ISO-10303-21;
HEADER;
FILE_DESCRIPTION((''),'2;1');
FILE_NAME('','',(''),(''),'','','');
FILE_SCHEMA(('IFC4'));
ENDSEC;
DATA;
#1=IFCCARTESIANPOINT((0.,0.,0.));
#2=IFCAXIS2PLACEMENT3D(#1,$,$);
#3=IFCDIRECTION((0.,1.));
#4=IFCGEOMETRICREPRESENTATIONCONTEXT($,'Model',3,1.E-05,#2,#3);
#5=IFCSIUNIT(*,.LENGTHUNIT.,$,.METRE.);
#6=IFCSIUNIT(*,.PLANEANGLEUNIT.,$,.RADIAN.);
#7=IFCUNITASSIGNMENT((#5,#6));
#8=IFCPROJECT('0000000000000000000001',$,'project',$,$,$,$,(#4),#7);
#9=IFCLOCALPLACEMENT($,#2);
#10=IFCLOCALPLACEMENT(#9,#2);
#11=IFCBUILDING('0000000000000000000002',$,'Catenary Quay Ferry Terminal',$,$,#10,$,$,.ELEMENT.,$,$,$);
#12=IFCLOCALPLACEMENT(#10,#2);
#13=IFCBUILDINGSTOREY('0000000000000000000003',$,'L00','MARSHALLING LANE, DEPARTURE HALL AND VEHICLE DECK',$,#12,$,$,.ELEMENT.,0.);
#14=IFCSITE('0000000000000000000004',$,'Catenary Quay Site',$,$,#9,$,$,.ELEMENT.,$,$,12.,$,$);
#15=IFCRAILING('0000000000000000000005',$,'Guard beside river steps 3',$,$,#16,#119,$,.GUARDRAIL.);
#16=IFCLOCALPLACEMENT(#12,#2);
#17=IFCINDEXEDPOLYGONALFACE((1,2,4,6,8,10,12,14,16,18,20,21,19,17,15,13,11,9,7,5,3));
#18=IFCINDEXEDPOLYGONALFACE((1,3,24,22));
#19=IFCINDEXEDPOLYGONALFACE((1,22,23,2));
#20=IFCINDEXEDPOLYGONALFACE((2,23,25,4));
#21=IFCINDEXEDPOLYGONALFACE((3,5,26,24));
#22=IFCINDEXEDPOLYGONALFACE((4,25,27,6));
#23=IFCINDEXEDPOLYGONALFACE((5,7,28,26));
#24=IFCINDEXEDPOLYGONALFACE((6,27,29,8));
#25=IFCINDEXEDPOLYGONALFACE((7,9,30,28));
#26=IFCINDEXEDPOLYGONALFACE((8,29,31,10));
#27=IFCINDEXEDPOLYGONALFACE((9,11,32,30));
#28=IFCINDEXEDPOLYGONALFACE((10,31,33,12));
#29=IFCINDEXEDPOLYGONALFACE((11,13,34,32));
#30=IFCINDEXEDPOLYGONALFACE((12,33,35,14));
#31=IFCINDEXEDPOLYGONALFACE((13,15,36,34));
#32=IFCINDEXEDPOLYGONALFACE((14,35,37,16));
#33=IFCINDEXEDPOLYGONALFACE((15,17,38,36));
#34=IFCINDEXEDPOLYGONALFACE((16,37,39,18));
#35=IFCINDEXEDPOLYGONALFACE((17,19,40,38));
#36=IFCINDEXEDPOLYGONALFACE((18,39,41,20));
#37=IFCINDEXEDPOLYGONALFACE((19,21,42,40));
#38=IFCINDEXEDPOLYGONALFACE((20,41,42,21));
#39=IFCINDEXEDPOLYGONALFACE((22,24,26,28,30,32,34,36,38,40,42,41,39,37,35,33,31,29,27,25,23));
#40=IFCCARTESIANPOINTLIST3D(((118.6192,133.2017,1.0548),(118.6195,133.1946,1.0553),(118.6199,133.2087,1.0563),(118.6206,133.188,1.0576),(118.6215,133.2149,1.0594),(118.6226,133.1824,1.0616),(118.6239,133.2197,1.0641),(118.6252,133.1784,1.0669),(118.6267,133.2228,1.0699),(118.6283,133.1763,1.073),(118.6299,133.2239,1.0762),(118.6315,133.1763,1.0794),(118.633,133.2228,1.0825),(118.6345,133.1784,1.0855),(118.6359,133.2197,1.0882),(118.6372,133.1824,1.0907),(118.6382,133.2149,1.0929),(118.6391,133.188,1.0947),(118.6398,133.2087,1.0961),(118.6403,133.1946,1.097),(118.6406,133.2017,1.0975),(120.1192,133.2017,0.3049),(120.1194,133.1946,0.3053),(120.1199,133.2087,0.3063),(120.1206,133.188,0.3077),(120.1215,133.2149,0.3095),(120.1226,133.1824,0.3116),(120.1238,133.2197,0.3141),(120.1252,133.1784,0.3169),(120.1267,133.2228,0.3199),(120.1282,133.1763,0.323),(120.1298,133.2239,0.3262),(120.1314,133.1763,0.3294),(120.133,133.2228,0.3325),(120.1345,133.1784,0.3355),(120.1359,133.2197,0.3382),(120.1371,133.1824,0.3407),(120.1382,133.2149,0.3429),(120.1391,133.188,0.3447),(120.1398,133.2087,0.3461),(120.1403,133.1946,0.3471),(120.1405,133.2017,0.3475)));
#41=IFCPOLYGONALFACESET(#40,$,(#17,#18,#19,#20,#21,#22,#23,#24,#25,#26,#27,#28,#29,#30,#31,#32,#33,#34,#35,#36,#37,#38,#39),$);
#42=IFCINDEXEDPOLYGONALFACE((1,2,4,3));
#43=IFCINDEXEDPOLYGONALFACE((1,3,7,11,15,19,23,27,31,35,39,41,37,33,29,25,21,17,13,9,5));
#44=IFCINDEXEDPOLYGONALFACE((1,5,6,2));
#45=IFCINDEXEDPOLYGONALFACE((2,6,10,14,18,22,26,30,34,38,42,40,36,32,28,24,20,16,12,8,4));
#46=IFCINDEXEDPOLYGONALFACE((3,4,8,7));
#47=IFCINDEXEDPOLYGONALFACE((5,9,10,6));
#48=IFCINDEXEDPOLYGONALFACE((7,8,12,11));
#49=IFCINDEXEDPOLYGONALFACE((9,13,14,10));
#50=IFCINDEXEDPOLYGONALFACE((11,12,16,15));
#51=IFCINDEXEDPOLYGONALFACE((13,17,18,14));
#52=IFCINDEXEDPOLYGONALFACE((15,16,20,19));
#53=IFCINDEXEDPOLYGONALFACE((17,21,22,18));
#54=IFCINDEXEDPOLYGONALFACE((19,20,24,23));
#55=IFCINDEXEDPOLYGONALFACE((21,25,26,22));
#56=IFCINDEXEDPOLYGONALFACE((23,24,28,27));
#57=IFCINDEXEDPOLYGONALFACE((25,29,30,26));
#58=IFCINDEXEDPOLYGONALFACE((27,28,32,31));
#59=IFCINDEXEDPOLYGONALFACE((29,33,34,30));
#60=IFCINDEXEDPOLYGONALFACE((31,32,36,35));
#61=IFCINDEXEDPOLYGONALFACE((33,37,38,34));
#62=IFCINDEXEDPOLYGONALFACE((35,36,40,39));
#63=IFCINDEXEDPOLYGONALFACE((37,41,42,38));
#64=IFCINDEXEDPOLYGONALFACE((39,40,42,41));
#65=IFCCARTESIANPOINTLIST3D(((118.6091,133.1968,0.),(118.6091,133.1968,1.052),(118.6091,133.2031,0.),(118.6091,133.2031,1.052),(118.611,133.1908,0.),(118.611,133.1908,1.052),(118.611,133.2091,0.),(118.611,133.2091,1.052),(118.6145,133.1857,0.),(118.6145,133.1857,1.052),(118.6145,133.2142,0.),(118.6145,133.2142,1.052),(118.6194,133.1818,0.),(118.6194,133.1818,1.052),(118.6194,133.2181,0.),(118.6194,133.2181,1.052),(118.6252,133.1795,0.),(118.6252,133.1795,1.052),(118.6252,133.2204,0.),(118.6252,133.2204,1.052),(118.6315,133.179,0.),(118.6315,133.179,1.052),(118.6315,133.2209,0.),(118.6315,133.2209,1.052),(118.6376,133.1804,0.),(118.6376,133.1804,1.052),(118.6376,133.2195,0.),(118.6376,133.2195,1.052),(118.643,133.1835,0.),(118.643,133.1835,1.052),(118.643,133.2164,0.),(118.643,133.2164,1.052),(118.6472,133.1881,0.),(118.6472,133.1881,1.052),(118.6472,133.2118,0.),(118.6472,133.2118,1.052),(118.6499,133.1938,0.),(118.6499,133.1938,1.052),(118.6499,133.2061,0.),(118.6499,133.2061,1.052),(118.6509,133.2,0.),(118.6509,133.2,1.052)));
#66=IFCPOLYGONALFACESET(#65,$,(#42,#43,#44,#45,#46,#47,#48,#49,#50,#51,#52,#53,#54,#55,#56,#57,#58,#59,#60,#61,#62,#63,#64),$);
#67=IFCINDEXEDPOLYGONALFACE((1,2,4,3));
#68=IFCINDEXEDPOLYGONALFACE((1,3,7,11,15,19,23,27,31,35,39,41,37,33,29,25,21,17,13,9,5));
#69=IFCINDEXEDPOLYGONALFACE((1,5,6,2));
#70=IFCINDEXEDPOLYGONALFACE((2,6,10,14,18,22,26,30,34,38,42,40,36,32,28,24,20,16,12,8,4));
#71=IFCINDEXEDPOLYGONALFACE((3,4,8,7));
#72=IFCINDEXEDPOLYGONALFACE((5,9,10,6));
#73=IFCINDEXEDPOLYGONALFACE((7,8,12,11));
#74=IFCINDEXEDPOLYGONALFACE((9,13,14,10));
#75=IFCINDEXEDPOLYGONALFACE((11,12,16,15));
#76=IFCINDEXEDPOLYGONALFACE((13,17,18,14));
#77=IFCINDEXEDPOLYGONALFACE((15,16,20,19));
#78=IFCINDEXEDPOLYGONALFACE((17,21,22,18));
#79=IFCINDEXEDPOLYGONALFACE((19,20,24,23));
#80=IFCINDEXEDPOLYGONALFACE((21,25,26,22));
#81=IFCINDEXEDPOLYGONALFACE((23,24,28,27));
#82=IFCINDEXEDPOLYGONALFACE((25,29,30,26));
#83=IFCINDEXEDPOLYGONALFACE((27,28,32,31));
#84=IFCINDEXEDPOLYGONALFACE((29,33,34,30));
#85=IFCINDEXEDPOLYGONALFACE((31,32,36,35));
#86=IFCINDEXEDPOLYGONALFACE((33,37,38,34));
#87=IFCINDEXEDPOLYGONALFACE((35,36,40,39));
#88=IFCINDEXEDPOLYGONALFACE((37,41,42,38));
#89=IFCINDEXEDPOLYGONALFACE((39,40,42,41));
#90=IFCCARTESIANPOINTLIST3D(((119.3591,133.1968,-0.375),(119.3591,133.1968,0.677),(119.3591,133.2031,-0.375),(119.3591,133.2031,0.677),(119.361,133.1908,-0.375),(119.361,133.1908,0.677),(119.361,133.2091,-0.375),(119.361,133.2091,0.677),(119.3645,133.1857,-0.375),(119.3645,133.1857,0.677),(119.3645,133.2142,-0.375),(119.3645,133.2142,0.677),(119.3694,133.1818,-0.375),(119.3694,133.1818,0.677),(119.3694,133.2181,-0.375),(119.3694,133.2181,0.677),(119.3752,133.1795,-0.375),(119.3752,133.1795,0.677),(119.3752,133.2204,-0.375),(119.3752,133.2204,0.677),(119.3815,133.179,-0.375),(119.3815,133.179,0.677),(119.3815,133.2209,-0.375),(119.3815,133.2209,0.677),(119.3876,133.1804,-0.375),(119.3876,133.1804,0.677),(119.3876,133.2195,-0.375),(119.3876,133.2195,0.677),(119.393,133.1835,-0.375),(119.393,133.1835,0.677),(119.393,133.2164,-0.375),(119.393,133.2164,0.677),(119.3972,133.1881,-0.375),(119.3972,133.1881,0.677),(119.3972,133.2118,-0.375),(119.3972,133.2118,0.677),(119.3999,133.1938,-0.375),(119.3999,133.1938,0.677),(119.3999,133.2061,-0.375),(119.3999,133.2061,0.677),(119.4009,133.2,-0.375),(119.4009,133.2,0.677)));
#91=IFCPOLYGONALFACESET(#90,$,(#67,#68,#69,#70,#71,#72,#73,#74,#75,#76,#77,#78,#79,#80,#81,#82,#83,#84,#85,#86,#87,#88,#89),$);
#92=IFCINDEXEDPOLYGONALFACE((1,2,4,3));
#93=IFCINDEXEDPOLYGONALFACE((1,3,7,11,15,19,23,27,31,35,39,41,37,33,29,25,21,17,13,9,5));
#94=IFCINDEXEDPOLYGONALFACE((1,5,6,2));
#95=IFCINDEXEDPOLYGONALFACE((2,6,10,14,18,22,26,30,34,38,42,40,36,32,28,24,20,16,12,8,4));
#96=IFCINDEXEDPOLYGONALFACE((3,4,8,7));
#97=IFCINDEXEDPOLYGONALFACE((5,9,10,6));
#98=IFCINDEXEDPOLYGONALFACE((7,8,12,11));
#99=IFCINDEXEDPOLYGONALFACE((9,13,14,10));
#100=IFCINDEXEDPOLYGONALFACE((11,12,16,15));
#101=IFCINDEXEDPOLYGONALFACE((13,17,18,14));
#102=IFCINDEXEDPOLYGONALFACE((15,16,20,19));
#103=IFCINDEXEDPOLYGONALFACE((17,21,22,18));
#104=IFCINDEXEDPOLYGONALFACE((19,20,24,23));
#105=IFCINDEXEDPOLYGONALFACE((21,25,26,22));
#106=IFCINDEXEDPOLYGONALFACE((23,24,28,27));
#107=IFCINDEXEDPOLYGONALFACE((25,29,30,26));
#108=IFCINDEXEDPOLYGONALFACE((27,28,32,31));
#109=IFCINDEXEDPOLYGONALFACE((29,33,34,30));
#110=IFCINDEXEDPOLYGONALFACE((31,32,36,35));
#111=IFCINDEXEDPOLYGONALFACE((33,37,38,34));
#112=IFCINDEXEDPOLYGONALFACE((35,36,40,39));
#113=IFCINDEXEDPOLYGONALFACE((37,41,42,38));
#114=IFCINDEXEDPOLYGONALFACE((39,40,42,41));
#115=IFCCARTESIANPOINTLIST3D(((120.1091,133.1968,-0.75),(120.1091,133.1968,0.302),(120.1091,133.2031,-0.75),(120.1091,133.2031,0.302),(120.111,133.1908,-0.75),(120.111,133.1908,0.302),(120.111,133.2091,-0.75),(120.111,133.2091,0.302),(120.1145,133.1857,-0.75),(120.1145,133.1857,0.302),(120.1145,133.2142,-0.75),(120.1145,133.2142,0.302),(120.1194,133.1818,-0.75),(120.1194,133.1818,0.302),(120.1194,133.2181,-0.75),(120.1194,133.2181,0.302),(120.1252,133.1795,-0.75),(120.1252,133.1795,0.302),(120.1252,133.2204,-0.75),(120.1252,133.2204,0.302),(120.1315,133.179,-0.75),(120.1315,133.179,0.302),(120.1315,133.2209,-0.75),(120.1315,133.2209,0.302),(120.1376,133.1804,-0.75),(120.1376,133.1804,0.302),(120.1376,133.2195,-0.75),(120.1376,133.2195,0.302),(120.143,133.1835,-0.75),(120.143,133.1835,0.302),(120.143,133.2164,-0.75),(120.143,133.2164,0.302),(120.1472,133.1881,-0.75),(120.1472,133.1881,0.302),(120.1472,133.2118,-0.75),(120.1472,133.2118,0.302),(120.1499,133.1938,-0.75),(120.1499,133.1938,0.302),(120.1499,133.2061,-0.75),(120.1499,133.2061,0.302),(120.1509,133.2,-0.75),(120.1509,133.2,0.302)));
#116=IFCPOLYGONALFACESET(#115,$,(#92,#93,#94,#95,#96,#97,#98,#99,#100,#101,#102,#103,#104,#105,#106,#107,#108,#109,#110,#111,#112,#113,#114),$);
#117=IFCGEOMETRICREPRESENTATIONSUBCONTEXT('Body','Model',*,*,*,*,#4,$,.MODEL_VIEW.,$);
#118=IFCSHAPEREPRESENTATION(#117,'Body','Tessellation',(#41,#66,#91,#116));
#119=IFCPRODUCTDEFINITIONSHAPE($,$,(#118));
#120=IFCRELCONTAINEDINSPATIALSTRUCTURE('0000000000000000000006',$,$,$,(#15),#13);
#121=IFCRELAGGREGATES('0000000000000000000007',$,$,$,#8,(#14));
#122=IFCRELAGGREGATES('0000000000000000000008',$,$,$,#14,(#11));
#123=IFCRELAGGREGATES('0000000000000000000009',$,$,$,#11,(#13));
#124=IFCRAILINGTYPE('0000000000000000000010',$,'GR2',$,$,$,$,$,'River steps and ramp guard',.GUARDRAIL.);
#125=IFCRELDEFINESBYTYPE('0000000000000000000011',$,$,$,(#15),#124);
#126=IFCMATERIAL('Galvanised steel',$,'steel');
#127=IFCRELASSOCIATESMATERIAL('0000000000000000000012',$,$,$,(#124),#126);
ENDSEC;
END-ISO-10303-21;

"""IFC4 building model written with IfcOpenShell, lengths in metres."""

from ifc_helpers import new_model, si_unit, direction, frame, origin, origin_2d, place, context, subcontext, project, spatial, circle, extrude, material, type_object, element, save


model = new_model("IFC4")

# Units and contexts
model_context = context("Model", 3, precision=1e-05, world=origin(), true_north=direction((0.0, 1.0)))
body_context = subcontext(model_context, "Body", "Model", "MODEL_VIEW")
ifc_project = project(units=[si_unit("LENGTHUNIT", "METRE"), si_unit("PLANEANGLEUNIT", "RADIAN")], contexts=[model_context])

# Site, building, storey
site_placement = place(None, origin())
site = spatial("IfcSite", under=ifc_project, at=site_placement, Name="Catenary Quay Site", CompositionType="ELEMENT", RefElevation=12.0)
building_placement = place(site_placement, origin())
building = spatial("IfcBuilding", under=site, at=building_placement, Name="Catenary Quay Ferry Terminal", CompositionType="ELEMENT")
storey_placement = place(building_placement, origin())
storey = spatial("IfcBuildingStorey", under=building, at=storey_placement, Name="L00", Description="MARSHALLING LANE, DEPARTURE HALL AND VEHICLE DECK", CompositionType="ELEMENT", Elevation=0.0)

# Railing
ifc_material_1 = material(Name="Galvanised steel", Category="steel")
railing_type_1 = type_object("IfcRailingType", Name="GR2", ElementType="River steps and ramp guard", PredefinedType="GUARDRAIL", material=ifc_material_1)
for number, where, name in (
    (1, (118.6299, 133.2, 0.0), "Guard beside river steps 3"),
):
    element("IfcRailing", number, at=place(storey_placement, frame(where)), inside=storey, type_object=railing_type_1, Name=name, PredefinedType="GUARDRAIL", context=body_context, shape_type="SweptSolid", body=[
        extrude(circle(Radius=0.0239, at=origin_2d()), frame((0.0, 0.0, 1.0762), z_axis=(0.894427, 0.0, -0.447214), x_axis=(0.0, 1.0, 0.0)), (0.0, 0.0, 1.0), 1.677),
        extrude(circle(Radius=0.021, at=origin_2d()), origin(), (0.0, 0.0, 1.0), 1.052),
        extrude(circle(Radius=0.021, at=origin_2d()), frame((0.75, 0.0, -0.375)), (0.0, 0.0, 1.0), 1.052),
        extrude(circle(Radius=0.021, at=origin_2d()), frame((1.5, 0.0, -0.75)), (0.0, 0.0, 1.0), 1.052),
    ])

save(model, "model.ifc")
